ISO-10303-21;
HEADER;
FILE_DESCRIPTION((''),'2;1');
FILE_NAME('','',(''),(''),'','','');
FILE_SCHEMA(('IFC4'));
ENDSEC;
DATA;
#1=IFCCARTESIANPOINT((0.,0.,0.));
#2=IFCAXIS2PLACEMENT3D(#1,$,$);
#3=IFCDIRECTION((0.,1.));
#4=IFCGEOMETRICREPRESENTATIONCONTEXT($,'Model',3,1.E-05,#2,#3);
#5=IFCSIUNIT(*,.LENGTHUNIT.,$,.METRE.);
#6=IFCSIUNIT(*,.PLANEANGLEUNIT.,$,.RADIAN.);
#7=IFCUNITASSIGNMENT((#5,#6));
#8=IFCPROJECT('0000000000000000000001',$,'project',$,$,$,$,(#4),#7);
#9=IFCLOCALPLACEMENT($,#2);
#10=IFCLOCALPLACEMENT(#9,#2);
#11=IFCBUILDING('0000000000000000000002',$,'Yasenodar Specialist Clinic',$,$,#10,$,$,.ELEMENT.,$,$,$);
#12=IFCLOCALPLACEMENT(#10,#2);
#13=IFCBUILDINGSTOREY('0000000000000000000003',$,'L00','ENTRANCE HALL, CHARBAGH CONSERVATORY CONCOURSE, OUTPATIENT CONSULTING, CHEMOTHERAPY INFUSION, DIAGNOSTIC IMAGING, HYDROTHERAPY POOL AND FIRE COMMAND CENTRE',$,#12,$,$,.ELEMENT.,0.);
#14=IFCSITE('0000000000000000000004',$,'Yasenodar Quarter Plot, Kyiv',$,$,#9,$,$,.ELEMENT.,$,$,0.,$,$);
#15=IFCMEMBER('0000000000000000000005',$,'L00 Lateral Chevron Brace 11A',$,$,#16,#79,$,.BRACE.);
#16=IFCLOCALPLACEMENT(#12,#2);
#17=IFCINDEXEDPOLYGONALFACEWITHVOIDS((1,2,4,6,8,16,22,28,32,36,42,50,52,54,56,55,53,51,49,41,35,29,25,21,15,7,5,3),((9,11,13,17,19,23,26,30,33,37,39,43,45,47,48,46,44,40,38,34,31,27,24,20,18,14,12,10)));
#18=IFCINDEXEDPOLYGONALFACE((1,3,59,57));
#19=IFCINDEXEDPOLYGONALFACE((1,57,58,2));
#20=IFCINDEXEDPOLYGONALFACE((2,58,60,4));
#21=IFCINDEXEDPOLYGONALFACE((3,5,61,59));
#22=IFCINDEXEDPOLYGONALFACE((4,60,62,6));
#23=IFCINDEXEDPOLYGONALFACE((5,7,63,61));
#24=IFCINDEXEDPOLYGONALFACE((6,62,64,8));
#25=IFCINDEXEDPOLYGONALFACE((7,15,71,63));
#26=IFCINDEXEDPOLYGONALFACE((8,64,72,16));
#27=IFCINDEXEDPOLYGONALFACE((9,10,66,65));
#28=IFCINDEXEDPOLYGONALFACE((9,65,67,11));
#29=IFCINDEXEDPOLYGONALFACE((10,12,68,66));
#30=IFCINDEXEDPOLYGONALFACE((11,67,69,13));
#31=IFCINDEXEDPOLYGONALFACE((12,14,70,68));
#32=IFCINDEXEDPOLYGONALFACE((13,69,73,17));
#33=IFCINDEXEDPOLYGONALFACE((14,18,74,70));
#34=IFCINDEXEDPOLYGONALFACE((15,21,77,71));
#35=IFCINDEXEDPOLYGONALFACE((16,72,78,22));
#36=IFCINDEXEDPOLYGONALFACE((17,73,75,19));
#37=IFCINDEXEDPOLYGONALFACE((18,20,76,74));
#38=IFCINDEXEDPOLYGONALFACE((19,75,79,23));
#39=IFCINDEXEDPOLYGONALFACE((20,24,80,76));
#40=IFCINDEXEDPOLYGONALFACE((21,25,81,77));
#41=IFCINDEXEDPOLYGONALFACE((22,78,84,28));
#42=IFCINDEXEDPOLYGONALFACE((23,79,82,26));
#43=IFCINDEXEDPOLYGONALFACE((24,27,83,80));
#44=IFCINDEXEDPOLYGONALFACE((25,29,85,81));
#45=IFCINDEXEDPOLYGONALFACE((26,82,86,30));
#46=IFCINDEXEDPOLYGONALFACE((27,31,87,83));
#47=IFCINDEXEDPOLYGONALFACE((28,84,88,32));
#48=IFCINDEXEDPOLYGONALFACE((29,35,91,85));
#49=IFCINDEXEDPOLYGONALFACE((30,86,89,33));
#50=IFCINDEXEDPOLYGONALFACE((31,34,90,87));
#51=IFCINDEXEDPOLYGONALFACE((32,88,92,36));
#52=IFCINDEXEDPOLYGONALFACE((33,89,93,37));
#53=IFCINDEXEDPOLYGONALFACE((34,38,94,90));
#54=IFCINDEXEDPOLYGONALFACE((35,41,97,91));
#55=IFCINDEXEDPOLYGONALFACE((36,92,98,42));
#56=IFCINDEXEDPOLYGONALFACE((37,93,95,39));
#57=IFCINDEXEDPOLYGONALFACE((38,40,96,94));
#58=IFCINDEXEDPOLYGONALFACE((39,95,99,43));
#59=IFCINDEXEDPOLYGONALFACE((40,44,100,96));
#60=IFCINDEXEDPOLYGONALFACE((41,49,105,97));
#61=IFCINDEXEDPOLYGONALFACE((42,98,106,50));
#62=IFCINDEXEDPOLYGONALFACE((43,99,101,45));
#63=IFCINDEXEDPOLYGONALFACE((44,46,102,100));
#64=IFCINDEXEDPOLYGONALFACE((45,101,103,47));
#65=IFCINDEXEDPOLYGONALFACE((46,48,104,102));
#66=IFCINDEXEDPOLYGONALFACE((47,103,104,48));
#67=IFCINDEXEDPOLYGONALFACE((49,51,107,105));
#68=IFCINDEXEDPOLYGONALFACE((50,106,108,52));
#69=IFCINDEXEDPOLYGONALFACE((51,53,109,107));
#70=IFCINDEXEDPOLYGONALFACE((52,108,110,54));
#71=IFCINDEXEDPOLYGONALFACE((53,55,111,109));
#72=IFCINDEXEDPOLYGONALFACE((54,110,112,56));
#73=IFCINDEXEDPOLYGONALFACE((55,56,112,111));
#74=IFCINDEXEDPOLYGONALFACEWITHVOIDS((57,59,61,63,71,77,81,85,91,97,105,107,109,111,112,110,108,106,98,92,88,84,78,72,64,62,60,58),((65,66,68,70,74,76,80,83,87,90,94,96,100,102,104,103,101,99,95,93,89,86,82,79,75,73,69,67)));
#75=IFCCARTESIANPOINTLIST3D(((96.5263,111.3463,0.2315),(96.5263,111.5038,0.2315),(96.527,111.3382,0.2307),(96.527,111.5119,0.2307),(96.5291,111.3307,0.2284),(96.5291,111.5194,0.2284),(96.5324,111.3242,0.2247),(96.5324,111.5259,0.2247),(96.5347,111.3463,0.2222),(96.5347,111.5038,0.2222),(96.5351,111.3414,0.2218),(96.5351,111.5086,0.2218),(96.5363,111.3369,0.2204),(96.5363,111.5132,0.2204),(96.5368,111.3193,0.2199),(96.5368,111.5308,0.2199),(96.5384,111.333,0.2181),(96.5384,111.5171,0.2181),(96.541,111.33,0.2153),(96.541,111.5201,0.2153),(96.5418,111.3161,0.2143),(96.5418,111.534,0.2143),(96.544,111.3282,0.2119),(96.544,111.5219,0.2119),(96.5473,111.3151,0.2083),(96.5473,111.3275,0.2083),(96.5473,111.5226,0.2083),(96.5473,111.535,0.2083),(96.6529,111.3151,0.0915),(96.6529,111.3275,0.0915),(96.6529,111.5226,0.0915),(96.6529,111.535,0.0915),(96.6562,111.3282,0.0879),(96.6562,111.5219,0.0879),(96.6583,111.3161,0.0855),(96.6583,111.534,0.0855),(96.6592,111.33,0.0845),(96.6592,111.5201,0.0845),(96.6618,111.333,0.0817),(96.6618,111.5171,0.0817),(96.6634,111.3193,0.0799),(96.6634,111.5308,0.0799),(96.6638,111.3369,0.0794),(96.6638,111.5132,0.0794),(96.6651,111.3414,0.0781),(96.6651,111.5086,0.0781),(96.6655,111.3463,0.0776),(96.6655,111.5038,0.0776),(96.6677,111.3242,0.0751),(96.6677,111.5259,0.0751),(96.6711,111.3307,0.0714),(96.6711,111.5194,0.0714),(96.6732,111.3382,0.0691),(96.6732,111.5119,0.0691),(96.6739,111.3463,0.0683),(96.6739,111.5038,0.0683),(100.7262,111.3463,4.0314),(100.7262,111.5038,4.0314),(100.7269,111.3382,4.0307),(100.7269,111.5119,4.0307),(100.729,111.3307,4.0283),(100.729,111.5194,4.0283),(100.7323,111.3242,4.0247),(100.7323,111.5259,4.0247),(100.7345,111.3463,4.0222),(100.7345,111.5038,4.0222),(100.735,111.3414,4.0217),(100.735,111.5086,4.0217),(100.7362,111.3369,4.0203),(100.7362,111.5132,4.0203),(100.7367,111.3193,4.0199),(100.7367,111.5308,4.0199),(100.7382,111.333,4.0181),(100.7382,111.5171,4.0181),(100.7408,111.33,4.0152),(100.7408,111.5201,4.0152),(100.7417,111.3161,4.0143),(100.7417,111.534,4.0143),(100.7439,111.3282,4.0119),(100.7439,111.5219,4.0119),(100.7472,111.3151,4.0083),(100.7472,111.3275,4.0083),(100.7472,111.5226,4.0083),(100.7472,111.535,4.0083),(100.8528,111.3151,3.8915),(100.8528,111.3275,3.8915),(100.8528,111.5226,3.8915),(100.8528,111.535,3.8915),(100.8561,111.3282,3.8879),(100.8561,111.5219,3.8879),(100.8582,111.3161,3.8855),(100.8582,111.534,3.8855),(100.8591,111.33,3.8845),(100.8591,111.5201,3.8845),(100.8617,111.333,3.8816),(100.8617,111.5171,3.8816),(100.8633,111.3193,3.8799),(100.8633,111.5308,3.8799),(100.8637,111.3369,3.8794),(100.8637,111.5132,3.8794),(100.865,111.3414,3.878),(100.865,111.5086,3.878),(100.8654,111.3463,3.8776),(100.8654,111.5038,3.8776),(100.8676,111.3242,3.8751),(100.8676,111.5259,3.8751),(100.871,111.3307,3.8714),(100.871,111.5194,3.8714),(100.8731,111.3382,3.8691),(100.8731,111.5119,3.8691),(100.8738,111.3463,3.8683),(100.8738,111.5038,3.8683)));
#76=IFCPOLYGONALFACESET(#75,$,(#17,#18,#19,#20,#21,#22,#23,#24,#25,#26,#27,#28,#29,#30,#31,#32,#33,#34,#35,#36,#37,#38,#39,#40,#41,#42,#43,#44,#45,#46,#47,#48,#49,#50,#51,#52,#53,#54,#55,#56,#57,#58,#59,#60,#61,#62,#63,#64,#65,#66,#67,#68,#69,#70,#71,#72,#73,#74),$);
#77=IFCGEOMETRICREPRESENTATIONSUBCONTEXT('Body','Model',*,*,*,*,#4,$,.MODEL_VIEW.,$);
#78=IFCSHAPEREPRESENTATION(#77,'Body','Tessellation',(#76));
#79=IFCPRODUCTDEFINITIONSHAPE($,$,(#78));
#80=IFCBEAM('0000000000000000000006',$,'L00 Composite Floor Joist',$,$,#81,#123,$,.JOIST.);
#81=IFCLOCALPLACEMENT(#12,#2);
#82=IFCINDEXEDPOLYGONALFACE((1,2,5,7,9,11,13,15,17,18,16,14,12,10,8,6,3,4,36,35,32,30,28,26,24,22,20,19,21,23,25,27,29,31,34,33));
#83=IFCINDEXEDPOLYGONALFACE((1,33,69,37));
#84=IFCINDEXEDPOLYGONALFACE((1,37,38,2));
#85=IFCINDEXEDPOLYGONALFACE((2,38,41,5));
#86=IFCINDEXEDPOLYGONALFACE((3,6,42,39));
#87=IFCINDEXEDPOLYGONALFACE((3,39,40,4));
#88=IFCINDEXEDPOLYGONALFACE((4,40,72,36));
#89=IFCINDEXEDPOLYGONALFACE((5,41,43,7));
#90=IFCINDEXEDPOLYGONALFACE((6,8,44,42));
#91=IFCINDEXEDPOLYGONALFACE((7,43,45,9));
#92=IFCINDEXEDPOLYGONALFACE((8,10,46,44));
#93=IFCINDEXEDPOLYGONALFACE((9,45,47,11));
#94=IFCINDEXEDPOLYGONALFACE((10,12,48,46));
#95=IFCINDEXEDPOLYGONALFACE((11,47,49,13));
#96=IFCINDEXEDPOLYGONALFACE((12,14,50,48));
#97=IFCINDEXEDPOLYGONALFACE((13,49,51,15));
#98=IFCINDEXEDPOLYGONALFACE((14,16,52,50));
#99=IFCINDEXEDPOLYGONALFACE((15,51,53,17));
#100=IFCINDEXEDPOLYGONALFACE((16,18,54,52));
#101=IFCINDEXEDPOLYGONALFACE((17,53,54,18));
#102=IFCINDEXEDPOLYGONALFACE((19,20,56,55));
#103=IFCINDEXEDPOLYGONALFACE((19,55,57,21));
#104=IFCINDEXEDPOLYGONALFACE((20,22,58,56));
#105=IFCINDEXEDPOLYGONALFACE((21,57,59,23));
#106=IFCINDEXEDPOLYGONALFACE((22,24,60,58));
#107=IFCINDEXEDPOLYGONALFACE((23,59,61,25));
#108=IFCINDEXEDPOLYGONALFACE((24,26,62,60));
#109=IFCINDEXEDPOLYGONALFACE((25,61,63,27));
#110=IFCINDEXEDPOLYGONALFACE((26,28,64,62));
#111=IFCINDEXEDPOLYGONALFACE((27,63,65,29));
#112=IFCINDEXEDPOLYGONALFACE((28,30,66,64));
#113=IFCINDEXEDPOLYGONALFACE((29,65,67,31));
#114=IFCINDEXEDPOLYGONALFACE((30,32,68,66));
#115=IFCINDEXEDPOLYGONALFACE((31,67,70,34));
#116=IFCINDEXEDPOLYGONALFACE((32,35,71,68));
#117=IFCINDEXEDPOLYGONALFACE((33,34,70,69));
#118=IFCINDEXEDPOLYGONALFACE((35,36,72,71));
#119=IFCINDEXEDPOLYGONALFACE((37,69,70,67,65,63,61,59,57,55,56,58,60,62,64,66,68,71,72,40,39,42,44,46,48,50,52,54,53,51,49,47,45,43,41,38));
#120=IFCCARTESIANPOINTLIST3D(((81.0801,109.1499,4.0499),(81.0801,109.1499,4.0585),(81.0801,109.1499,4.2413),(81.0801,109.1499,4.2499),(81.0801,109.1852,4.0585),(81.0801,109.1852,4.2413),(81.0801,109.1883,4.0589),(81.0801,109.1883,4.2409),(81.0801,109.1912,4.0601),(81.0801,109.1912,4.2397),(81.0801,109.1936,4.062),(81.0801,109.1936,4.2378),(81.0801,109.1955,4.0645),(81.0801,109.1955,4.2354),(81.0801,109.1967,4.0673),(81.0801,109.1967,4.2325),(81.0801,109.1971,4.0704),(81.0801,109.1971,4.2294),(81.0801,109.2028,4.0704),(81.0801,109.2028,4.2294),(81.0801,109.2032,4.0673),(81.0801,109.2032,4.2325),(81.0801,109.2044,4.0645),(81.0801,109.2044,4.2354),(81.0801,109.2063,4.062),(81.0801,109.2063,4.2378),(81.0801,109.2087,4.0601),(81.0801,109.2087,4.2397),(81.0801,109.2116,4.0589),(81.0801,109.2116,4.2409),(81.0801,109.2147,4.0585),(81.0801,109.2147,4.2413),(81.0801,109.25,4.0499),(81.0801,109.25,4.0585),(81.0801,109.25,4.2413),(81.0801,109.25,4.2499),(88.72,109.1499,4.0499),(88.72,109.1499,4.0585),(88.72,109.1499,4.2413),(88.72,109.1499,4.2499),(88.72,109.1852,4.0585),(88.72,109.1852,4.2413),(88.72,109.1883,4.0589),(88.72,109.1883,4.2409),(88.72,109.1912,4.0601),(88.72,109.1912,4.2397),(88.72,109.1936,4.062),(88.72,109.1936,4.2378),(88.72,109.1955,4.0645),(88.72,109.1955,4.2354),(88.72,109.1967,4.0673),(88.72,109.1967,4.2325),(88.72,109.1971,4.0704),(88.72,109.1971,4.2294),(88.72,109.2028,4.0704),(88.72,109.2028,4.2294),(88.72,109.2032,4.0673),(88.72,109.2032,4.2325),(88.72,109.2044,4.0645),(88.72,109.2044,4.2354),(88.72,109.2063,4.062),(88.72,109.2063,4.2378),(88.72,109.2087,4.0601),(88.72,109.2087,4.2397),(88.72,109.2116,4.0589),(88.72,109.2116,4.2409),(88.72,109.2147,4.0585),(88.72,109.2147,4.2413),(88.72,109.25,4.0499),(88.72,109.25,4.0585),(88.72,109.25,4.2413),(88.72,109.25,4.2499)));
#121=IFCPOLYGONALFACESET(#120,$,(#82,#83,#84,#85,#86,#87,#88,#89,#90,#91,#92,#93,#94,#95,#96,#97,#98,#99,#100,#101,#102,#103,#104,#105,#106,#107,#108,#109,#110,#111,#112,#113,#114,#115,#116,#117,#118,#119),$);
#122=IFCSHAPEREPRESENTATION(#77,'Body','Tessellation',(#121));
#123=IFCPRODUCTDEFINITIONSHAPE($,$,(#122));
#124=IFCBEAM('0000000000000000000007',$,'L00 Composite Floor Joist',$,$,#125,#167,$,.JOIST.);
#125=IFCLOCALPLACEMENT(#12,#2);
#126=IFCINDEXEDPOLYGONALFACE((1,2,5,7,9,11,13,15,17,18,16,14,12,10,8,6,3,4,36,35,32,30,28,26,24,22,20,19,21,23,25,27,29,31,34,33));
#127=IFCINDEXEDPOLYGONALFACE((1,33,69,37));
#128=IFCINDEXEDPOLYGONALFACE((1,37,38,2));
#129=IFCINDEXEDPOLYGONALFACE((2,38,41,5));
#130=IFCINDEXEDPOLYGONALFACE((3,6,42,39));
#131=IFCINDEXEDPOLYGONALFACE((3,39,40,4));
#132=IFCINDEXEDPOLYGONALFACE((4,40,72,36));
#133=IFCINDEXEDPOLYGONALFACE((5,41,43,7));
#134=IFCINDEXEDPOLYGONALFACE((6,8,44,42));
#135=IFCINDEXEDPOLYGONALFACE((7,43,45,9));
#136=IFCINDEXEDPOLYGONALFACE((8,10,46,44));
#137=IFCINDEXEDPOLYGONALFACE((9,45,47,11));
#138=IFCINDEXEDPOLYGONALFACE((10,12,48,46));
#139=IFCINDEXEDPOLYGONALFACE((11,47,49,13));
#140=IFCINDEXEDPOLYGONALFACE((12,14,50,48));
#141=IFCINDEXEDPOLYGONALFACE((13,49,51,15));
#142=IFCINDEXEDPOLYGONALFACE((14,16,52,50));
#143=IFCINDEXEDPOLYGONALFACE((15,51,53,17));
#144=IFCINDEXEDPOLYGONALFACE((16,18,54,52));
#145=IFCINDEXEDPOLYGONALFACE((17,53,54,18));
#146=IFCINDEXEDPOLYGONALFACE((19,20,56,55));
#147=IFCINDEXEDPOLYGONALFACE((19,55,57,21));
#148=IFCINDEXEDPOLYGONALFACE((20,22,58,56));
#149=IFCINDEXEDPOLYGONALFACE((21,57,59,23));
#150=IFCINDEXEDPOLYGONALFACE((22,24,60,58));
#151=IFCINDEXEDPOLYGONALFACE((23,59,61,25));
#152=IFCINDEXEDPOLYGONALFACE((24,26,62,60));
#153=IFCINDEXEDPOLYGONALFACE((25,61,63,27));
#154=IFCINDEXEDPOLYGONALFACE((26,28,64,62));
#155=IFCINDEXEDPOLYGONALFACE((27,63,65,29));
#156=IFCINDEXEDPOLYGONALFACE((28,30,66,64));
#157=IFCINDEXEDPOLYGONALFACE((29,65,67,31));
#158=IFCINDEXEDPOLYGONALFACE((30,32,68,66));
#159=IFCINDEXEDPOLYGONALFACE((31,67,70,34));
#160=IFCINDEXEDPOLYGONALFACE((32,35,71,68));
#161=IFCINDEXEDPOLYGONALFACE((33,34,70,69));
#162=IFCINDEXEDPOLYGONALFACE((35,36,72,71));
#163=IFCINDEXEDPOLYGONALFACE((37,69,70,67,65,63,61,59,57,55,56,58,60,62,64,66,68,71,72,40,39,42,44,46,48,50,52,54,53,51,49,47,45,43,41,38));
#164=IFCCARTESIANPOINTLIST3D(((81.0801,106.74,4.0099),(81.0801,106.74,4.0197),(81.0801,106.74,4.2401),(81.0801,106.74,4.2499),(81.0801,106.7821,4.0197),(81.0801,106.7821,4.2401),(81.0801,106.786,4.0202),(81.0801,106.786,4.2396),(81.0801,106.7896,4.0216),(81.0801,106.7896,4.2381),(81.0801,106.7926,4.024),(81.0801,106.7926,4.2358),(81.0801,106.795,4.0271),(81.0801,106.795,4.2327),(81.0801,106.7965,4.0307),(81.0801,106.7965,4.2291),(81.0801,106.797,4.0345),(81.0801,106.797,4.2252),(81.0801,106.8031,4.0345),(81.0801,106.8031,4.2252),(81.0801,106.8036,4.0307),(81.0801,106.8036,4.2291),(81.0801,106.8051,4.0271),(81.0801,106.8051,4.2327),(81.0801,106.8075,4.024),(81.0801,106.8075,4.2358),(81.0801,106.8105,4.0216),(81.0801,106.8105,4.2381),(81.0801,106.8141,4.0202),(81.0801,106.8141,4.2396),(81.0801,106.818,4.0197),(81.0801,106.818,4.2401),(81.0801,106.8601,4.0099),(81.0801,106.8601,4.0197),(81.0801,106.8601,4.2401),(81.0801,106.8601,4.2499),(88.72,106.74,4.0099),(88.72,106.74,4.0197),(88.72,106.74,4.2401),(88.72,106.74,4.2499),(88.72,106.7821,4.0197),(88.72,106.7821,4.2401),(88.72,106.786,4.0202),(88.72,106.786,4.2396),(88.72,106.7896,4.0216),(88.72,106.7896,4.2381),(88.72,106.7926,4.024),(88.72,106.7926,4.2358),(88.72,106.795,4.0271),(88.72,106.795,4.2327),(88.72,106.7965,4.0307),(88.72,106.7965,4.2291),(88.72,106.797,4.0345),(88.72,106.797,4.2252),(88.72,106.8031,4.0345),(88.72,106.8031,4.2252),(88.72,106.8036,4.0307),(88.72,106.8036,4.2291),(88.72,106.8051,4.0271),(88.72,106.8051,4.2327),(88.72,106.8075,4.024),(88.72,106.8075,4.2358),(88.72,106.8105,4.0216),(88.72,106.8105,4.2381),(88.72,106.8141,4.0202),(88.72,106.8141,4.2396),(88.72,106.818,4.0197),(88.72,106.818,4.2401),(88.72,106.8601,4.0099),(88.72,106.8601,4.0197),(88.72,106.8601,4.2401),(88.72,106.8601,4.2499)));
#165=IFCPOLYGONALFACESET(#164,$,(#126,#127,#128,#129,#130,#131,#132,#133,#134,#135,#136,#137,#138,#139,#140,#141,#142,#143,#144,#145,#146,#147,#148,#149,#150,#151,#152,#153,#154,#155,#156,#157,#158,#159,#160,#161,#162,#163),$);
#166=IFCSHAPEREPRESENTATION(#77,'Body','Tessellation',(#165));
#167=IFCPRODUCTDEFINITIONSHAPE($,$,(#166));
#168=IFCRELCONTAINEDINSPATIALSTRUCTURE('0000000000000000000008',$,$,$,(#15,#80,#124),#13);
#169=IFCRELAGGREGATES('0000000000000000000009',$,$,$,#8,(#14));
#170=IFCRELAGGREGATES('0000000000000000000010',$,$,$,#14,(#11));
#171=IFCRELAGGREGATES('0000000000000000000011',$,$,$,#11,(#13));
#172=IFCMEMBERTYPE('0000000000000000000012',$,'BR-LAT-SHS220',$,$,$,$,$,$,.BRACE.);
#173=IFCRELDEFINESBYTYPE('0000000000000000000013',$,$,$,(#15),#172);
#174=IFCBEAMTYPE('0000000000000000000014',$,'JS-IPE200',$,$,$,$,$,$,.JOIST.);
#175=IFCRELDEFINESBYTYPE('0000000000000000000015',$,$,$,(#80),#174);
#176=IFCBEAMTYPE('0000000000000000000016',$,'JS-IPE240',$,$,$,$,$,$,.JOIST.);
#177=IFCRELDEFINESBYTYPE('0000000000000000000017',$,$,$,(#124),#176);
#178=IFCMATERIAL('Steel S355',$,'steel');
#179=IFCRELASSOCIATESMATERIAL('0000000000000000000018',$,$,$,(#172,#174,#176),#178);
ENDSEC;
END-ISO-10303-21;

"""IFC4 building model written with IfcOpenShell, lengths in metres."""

from ifc_helpers import new_model, si_unit, direction, frame, origin, origin_2d, place, context, subcontext, project, spatial, hollow_rectangle, i_section, extrude, material, material_profile, profile_set, type_object, element, save


model = new_model("IFC4")

# Units and contexts
model_context = context("Model", 3, precision=1e-05, world=origin(), true_north=direction((0.0, 1.0)))
body_context = subcontext(model_context, "Body", "Model", "MODEL_VIEW")
ifc_project = project(units=[si_unit("LENGTHUNIT", "METRE"), si_unit("PLANEANGLEUNIT", "RADIAN")], contexts=[model_context])

# Site, building, storey
site_placement = place(None, origin())
site = spatial("IfcSite", under=ifc_project, at=site_placement, Name="Yasenodar Quarter Plot, Kyiv", CompositionType="ELEMENT", RefElevation=0.0)
building_placement = place(site_placement, origin())
building = spatial("IfcBuilding", under=site, at=building_placement, Name="Yasenodar Specialist Clinic", CompositionType="ELEMENT")
storey_placement = place(building_placement, origin())
storey = spatial("IfcBuildingStorey", under=building, at=storey_placement, Name="L00", Description="ENTRANCE HALL, CHARBAGH CONSERVATORY CONCOURSE, OUTPATIENT CONSULTING, CHEMOTHERAPY INFUSION, DIAGNOSTIC IMAGING, HYDROTHERAPY POOL AND FIRE COMMAND CENTRE", CompositionType="ELEMENT", Elevation=0.0)

# Shared definitions
ifc_material_1 = material(Name="Steel S355", Category="steel")

# Member
ifc_material_profile_1 = material_profile(ifc_material_1, hollow_rectangle(XDim=0.22, YDim=0.22, WallThickness=0.0125, InnerFilletRadius=0.0188, OuterFilletRadius=0.0312, at=origin_2d()), Name="SHS 220x220x12.5")
ifc_profile_set_1 = profile_set([ifc_material_profile_1], Name="Steel S355")
member_type_1 = type_object("IfcMemberType", Name="BR-LAT-SHS220", PredefinedType="BRACE", material=ifc_profile_set_1)
member_1_placement = place(storey_placement, frame((96.6001, 111.425, 0.1499), z_axis=(0.741528, 0.0, 0.670922), x_axis=(0.0, 1.0, 0.0)))
element("IfcMember", 1, at=member_1_placement, inside=storey, type_object=member_type_1, Name="L00 Lateral Chevron Brace 11A", PredefinedType="BRACE", context=body_context, shape_type="SweptSolid", body=[
    extrude(hollow_rectangle(XDim=0.22, YDim=0.22, WallThickness=0.0125, InnerFilletRadius=0.0188, OuterFilletRadius=0.0312, at=origin_2d()), origin(), (0.0, 0.0, 1.0), 5.6638),
])

# Beams
ifc_material_profile_2 = material_profile(ifc_material_1, i_section(OverallWidth=0.1001, OverallDepth=0.2, WebThickness=0.0056, FlangeThickness=0.0085, FilletRadius=0.012, at=origin_2d()), Name="IPE 200")
ifc_profile_set_2 = profile_set([ifc_material_profile_2], Name="Steel S355")
beam_type_1 = type_object("IfcBeamType", Name="JS-IPE200", PredefinedType="JOIST", material=ifc_profile_set_2)
beam_1_placement = place(storey_placement, frame((81.0801, 109.2, 4.1499), z_axis=(1.0, 0.0, 0.0), x_axis=(0.0, 1.0, 0.0)))
element("IfcBeam", 2, at=beam_1_placement, inside=storey, type_object=beam_type_1, Name="L00 Composite Floor Joist", PredefinedType="JOIST", context=body_context, shape_type="SweptSolid", body=[
    extrude(i_section(OverallWidth=0.1001, OverallDepth=0.2, WebThickness=0.0056, FlangeThickness=0.0085, FilletRadius=0.012, at=origin_2d()), origin(), (0.0, 0.0, 1.0), 7.6399),
])
ifc_material_profile_3 = material_profile(ifc_material_1, i_section(OverallWidth=0.1201, OverallDepth=0.24, WebThickness=0.0061, FlangeThickness=0.0098, FilletRadius=0.0149, at=origin_2d()), Name="IPE 240")
ifc_profile_set_3 = profile_set([ifc_material_profile_3], Name="Steel S355")
beam_type_2 = type_object("IfcBeamType", Name="JS-IPE240", PredefinedType="JOIST", material=ifc_profile_set_3)
beam_2_placement = place(storey_placement, frame((81.0801, 106.8, 4.1299), z_axis=(1.0, 0.0, 0.0), x_axis=(0.0, 1.0, 0.0)))
element("IfcBeam", 3, at=beam_2_placement, inside=storey, type_object=beam_type_2, Name="L00 Composite Floor Joist", PredefinedType="JOIST", context=body_context, shape_type="SweptSolid", body=[
    extrude(i_section(OverallWidth=0.1201, OverallDepth=0.24, WebThickness=0.0061, FlangeThickness=0.0098, FilletRadius=0.0149, at=origin_2d()), origin(), (0.0, 0.0, 1.0), 7.6399),
])

save(model, "model.ifc")
